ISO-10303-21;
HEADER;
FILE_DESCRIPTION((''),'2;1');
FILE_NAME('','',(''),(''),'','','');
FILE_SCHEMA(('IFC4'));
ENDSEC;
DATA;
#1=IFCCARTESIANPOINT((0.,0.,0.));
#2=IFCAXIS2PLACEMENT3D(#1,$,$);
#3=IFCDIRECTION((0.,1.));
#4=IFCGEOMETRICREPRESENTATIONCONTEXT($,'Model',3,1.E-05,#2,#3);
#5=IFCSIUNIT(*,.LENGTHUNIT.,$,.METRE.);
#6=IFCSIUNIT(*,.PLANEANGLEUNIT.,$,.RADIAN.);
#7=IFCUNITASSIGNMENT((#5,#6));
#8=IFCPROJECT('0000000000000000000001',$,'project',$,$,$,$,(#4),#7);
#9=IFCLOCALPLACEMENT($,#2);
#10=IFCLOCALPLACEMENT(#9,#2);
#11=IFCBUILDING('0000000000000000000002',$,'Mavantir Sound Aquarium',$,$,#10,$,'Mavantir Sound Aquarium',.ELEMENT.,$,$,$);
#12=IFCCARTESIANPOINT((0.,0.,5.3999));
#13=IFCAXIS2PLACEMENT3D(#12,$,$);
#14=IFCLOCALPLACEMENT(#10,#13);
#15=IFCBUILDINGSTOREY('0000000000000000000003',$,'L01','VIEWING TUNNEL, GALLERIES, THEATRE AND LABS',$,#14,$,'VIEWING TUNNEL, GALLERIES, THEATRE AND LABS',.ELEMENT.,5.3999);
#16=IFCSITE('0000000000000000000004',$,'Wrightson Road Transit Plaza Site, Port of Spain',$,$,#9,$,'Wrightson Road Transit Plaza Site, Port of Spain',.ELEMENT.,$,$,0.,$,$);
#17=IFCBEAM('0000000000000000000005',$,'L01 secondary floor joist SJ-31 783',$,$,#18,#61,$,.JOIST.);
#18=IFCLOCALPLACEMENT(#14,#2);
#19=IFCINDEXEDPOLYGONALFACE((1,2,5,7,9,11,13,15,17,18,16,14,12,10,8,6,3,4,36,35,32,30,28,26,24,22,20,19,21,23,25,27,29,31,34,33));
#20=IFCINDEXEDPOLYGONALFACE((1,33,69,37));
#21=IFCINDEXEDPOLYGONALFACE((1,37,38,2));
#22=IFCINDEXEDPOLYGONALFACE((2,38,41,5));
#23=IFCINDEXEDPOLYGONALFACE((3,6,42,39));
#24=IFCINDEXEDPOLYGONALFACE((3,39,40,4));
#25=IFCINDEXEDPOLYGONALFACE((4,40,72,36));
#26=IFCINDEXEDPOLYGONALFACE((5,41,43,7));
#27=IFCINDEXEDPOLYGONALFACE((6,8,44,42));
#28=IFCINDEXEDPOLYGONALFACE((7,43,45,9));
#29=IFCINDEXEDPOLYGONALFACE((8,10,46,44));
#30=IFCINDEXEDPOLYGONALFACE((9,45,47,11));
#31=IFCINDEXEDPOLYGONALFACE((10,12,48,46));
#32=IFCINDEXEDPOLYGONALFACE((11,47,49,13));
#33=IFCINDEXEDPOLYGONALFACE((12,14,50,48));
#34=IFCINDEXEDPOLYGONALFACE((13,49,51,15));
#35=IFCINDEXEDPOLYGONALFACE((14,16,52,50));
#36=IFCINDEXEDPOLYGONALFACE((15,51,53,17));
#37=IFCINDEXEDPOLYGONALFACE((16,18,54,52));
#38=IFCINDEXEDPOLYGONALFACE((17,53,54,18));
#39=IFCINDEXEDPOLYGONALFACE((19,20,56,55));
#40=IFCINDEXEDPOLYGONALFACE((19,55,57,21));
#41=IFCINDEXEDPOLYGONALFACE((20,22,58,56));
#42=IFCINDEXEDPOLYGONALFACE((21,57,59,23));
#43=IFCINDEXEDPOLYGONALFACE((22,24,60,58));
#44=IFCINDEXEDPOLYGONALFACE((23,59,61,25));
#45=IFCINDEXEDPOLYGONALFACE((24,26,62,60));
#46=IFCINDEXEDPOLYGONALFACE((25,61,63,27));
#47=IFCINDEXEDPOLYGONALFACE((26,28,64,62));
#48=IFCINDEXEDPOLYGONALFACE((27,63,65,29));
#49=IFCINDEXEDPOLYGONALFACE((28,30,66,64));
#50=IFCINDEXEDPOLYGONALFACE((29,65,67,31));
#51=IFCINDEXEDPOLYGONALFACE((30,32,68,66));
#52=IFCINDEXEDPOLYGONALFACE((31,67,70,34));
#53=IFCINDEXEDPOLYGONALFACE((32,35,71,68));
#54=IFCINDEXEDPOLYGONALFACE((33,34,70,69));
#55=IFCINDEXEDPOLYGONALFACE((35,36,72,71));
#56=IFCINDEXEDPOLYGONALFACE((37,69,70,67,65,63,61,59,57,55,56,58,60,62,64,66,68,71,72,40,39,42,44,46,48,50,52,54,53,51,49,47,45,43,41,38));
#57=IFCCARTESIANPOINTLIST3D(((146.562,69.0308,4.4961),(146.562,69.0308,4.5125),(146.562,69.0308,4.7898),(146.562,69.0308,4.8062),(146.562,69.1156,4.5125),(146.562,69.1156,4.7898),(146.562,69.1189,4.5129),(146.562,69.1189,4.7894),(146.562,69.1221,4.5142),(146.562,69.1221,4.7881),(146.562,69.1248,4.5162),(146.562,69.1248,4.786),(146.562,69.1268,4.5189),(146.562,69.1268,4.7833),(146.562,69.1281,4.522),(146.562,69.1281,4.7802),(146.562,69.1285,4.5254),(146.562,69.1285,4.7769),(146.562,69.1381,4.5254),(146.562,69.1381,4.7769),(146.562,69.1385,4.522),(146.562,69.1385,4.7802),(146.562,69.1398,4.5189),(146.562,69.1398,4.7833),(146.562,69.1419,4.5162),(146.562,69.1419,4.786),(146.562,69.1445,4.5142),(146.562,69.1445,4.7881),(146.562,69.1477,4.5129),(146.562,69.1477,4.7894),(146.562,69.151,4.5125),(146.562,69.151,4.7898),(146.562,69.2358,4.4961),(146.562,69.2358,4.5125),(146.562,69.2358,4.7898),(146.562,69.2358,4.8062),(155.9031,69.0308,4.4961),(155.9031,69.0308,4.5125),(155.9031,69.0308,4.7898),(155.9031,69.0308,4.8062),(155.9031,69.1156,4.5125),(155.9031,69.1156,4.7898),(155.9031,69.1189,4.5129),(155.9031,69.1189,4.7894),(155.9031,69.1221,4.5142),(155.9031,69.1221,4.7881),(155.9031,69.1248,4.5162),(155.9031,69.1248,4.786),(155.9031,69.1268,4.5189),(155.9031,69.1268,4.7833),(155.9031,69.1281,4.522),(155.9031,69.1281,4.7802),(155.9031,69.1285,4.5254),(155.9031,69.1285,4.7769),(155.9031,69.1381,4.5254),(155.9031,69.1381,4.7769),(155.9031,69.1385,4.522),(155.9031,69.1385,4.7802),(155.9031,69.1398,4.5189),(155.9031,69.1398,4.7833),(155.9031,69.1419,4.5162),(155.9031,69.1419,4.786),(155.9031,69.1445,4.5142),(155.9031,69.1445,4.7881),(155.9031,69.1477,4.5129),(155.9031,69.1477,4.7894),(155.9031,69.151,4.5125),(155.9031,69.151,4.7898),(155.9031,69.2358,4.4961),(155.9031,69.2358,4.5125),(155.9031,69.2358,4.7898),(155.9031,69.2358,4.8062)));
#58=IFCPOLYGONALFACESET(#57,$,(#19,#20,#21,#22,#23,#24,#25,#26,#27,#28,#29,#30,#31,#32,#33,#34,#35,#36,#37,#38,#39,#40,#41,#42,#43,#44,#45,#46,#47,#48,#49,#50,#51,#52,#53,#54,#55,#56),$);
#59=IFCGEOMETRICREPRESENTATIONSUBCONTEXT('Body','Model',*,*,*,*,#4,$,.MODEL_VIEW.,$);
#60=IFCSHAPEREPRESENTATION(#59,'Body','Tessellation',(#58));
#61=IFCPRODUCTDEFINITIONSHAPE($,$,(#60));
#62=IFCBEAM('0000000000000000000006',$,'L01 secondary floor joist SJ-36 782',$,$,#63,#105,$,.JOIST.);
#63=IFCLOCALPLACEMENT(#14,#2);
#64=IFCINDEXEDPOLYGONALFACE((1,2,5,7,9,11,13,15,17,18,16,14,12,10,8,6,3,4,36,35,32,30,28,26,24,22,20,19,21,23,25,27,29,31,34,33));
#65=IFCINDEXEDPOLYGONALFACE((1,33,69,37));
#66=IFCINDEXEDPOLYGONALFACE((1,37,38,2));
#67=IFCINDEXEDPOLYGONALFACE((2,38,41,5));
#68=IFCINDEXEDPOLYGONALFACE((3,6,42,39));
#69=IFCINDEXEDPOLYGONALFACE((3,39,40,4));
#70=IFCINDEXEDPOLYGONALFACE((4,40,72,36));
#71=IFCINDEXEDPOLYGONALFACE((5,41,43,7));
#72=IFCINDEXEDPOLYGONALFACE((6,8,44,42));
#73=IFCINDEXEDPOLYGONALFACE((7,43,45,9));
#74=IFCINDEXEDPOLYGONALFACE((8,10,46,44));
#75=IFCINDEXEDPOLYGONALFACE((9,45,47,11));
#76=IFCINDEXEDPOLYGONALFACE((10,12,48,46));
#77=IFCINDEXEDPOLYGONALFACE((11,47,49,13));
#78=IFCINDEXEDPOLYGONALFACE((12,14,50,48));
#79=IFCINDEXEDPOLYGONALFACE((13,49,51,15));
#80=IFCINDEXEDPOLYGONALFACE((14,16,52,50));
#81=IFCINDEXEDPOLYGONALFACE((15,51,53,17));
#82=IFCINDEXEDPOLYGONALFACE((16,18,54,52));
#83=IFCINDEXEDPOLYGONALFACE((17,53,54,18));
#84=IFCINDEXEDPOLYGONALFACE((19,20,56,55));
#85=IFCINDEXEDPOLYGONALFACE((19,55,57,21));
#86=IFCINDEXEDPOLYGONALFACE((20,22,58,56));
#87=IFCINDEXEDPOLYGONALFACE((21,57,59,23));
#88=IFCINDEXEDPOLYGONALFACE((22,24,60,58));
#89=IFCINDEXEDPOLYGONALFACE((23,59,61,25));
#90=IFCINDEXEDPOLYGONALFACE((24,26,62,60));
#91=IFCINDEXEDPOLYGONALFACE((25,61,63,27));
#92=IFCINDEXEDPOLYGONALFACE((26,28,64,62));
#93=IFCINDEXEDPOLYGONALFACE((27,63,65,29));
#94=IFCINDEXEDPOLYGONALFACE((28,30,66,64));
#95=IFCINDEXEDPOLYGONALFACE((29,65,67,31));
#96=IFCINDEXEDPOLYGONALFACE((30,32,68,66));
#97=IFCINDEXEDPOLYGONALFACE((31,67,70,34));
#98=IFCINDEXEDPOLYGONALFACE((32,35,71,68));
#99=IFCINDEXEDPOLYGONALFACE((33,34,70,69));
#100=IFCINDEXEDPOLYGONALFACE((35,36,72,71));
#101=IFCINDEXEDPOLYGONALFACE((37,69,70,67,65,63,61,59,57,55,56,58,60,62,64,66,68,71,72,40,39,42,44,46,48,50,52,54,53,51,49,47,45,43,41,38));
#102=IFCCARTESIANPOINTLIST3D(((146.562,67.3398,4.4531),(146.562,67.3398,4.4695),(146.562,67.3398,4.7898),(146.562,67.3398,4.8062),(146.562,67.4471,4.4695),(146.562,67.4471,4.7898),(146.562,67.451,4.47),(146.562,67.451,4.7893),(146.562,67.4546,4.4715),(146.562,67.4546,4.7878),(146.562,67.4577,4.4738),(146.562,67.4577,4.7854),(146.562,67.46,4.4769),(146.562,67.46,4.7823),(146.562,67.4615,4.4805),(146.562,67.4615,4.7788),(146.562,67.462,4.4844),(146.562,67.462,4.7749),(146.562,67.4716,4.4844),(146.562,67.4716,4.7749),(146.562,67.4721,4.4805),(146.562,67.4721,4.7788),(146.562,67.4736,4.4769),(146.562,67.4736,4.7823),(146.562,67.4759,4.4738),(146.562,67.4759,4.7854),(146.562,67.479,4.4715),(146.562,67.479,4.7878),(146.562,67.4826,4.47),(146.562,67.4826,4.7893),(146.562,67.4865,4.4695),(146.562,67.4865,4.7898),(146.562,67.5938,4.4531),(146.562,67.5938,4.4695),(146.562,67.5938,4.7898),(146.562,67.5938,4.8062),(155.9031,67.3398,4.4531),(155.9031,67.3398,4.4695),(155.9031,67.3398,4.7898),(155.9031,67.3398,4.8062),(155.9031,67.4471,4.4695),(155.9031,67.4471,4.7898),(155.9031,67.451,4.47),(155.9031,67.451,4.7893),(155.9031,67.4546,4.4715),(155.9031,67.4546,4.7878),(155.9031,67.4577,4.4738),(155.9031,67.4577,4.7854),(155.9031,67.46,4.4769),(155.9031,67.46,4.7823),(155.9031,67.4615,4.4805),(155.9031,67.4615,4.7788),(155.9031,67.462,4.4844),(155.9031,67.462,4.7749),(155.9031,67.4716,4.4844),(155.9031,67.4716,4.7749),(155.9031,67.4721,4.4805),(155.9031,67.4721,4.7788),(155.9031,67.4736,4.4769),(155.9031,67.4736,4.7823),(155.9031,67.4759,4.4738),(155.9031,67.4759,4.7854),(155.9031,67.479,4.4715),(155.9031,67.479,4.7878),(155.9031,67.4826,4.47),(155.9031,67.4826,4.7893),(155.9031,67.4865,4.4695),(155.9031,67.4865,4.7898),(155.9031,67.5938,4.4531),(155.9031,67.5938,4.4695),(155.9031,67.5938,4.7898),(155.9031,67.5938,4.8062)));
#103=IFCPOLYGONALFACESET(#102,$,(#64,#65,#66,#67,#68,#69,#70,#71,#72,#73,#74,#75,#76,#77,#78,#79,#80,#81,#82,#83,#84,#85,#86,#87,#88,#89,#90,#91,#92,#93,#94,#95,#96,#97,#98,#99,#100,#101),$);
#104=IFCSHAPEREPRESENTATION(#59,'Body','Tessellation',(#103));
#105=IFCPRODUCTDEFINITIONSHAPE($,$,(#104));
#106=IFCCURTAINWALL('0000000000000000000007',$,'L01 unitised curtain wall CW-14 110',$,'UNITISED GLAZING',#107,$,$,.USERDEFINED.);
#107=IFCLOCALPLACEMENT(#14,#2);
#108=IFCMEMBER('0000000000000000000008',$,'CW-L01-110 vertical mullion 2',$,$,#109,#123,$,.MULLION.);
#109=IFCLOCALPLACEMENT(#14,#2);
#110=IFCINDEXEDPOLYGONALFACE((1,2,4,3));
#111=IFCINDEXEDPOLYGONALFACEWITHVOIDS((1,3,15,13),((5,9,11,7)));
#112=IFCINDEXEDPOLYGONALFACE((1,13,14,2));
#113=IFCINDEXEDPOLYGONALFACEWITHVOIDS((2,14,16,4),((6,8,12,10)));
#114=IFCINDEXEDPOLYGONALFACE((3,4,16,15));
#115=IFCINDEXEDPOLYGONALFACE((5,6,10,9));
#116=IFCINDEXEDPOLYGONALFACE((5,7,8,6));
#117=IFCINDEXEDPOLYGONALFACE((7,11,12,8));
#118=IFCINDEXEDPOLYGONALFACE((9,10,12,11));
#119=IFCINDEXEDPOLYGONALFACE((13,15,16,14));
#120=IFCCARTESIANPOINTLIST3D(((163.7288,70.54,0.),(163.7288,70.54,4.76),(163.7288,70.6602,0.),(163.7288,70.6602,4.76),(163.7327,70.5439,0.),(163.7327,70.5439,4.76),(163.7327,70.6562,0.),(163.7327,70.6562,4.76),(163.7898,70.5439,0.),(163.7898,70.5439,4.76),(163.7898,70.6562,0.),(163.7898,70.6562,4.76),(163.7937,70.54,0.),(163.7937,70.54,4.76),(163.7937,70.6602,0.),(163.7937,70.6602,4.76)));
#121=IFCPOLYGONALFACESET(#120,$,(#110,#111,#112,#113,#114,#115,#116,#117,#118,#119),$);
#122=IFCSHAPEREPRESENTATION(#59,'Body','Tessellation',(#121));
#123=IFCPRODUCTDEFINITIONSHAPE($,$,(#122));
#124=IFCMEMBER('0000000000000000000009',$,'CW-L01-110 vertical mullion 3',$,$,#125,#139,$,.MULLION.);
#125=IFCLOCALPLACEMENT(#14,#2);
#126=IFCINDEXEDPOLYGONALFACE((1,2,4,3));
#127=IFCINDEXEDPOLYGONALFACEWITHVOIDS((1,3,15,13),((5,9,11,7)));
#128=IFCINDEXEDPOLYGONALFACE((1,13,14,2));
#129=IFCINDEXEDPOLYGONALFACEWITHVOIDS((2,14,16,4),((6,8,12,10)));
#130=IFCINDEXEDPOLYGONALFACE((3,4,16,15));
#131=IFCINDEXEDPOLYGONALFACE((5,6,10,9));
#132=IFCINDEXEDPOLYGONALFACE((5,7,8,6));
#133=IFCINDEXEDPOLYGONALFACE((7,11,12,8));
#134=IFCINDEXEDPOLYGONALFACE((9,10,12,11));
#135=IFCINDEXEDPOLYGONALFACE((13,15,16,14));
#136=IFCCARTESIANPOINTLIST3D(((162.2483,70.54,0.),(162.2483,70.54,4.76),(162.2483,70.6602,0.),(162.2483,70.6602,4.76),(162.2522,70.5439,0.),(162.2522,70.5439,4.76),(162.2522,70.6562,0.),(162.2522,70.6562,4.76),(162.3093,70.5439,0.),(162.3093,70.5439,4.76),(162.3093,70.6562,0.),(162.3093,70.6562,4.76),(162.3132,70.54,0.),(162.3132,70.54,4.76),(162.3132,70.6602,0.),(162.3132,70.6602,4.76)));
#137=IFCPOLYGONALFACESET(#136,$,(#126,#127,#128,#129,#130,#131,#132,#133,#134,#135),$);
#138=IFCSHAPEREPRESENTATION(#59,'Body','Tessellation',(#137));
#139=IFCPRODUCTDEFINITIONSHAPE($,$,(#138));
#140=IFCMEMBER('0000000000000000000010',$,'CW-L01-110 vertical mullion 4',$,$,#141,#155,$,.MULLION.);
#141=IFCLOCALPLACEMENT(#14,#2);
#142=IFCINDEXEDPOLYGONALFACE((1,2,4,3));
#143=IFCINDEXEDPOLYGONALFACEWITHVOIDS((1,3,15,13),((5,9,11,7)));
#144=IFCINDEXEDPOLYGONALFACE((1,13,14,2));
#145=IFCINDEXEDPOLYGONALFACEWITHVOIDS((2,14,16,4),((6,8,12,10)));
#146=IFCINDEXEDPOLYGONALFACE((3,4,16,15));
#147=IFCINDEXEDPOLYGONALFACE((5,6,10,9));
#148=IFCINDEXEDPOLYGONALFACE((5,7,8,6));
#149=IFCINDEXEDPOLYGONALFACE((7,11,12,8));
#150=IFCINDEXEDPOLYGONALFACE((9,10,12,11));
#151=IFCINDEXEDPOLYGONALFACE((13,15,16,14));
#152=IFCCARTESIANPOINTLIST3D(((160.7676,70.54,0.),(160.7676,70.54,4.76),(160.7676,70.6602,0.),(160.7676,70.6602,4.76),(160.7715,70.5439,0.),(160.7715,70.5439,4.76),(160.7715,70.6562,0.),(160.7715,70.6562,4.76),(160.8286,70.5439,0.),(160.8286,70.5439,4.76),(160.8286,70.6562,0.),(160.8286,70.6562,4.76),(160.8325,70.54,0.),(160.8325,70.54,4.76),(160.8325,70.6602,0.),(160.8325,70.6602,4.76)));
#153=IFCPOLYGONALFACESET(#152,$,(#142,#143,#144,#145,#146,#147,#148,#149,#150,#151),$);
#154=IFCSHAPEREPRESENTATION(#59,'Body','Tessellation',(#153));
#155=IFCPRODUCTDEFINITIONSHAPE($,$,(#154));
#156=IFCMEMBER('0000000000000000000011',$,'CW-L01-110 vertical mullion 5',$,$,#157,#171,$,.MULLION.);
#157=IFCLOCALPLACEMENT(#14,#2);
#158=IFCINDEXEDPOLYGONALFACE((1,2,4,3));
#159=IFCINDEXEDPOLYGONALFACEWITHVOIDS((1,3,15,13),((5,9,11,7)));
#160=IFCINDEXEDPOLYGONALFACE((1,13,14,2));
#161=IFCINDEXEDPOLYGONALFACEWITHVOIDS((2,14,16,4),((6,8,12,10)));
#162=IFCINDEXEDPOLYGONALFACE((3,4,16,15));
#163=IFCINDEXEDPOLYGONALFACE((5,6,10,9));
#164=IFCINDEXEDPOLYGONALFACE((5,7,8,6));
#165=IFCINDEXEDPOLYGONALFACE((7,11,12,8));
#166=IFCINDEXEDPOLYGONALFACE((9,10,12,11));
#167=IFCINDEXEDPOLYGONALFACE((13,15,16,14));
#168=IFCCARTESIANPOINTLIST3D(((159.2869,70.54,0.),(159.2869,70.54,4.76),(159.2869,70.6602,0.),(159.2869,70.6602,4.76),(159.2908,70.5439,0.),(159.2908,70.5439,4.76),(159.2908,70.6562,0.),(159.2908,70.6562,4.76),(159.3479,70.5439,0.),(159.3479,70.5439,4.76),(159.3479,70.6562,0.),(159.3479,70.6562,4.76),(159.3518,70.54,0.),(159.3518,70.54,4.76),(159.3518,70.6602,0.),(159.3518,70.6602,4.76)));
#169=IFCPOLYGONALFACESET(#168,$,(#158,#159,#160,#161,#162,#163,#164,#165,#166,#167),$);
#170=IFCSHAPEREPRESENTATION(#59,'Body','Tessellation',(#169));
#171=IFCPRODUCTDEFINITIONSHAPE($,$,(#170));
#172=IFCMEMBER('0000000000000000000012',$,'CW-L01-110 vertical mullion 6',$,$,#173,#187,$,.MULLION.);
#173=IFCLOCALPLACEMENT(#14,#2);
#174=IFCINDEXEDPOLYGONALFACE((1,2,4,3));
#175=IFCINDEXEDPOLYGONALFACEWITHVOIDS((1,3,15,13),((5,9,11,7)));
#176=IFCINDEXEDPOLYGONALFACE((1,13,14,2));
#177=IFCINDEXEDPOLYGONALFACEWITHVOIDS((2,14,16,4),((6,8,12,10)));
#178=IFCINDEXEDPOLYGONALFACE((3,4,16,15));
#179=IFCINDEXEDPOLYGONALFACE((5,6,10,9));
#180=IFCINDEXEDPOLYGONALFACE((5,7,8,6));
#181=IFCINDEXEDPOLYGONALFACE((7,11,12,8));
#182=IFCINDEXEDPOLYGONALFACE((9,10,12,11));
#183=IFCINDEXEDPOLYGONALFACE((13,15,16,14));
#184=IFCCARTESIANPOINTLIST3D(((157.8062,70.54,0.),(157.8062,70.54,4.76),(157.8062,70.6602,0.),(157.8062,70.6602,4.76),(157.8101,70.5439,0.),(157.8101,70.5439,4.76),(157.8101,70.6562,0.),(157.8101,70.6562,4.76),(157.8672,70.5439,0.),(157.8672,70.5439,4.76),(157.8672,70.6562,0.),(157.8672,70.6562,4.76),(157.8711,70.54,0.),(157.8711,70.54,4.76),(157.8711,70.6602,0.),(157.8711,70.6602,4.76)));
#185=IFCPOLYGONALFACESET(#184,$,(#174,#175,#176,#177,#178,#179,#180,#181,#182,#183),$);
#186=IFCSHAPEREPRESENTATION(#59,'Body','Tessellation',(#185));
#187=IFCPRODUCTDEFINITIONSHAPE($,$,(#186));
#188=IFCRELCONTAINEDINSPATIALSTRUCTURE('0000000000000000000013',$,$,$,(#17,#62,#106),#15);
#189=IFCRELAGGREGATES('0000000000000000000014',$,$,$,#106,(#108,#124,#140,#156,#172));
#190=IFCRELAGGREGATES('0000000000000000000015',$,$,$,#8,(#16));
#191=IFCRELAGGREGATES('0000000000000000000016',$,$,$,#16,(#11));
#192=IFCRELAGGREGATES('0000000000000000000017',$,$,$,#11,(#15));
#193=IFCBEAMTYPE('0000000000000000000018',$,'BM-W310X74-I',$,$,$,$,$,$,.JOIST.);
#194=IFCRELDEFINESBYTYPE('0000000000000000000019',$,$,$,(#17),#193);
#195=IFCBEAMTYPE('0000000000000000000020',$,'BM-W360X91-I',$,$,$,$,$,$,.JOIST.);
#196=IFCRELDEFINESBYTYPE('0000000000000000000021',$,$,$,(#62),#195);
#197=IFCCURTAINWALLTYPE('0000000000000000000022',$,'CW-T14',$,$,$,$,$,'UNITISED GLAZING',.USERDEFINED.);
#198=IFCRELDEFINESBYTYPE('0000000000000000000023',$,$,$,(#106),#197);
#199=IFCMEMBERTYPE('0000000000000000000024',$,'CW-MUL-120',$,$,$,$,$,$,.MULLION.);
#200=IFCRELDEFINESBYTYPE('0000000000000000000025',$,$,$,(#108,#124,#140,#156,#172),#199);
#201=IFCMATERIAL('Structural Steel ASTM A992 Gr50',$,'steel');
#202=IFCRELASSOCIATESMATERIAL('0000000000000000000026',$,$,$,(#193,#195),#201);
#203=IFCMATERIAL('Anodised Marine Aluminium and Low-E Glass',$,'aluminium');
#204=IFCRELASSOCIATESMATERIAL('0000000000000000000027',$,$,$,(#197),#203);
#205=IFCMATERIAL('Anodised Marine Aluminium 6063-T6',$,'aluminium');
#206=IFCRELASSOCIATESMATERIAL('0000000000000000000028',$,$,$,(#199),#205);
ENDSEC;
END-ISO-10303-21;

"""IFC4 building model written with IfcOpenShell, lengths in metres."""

from ifc_helpers import new_model, si_unit, direction, frame, origin, origin_2d, place, context, subcontext, project, spatial, hollow_rectangle, i_section, extrude, material, material_profile, profile_set, type_object, element, aggregate, save


model = new_model("IFC4")

# Units and contexts
model_context = context("Model", 3, precision=1e-05, world=origin(), true_north=direction((0.0, 1.0)))
body_context = subcontext(model_context, "Body", "Model", "MODEL_VIEW")
ifc_project = project(units=[si_unit("LENGTHUNIT", "METRE"), si_unit("PLANEANGLEUNIT", "RADIAN")], contexts=[model_context])

# Site, building, storey
site_placement = place(None, origin())
site = spatial("IfcSite", under=ifc_project, at=site_placement, Name="Wrightson Road Transit Plaza Site, Port of Spain", LongName="Wrightson Road Transit Plaza Site, Port of Spain", CompositionType="ELEMENT", RefElevation=0.0)
building_placement = place(site_placement, origin())
building = spatial("IfcBuilding", under=site, at=building_placement, Name="Mavantir Sound Aquarium", LongName="Mavantir Sound Aquarium", CompositionType="ELEMENT")
storey_placement = place(building_placement, frame((0.0, 0.0, 5.3999)))
storey = spatial("IfcBuildingStorey", under=building, at=storey_placement, Name="L01", Description="VIEWING TUNNEL, GALLERIES, THEATRE AND LABS", LongName="VIEWING TUNNEL, GALLERIES, THEATRE AND LABS", CompositionType="ELEMENT", Elevation=5.3999)

# Beams
ifc_material_1 = material(Name="Structural Steel ASTM A992 Gr50", Category="steel")
ifc_material_profile_1 = material_profile(ifc_material_1, i_section(OverallWidth=0.2051, OverallDepth=0.3101, WebThickness=0.0095, FlangeThickness=0.0164, FilletRadius=0.0129, at=origin_2d()), Name="W310X74")
ifc_profile_set_1 = profile_set([ifc_material_profile_1], Name="Structural Steel ASTM A992 Gr50")
beam_type_1 = type_object("IfcBeamType", Name="BM-W310X74-I", PredefinedType="JOIST", material=ifc_profile_set_1)
beam_1_placement = place(storey_placement, frame((146.562, 69.1333, 4.6511), z_axis=(1.0, 0.0, 0.0), x_axis=(0.0, 1.0, 0.0)))
element("IfcBeam", 1, at=beam_1_placement, inside=storey, type_object=beam_type_1, Name="L01 secondary floor joist SJ-31 783", PredefinedType="JOIST", context=body_context, shape_type="SweptSolid", body=[
    extrude(i_section(OverallWidth=0.2051, OverallDepth=0.3101, WebThickness=0.0095, FlangeThickness=0.0164, FilletRadius=0.0129, at=origin_2d()), origin(), (0.0, 0.0, 1.0), 9.3411),
])
ifc_material_profile_2 = material_profile(ifc_material_1, i_section(OverallWidth=0.2539, OverallDepth=0.353, WebThickness=0.0095, FlangeThickness=0.0164, FilletRadius=0.0149, at=origin_2d()), Name="W360X91")
ifc_profile_set_2 = profile_set([ifc_material_profile_2], Name="Structural Steel ASTM A992 Gr50")
beam_type_2 = type_object("IfcBeamType", Name="BM-W360X91-I", PredefinedType="JOIST", material=ifc_profile_set_2)
beam_2_placement = place(storey_placement, frame((146.562, 67.4668, 4.6296), z_axis=(1.0, 0.0, 0.0), x_axis=(0.0, 1.0, 0.0)))
element("IfcBeam", 2, at=beam_2_placement, inside=storey, type_object=beam_type_2, Name="L01 secondary floor joist SJ-36 782", PredefinedType="JOIST", context=body_context, shape_type="SweptSolid", body=[
    extrude(i_section(OverallWidth=0.2539, OverallDepth=0.353, WebThickness=0.0095, FlangeThickness=0.0164, FilletRadius=0.0149, at=origin_2d()), origin(), (0.0, 0.0, 1.0), 9.3411),
])

# Curtain wall, members
ifc_material_2 = material(Name="Anodised Marine Aluminium and Low-E Glass", Category="aluminium")
curtain_wall_type = type_object("IfcCurtainWallType", Name="CW-T14", ElementType="UNITISED GLAZING", PredefinedType="USERDEFINED", material=ifc_material_2)
curtain_wall_placement = place(storey_placement, origin())
curtain_wall = element("IfcCurtainWall", 3, at=curtain_wall_placement, inside=storey, type_object=curtain_wall_type, Name="L01 unitised curtain wall CW-14 110", ObjectType="UNITISED GLAZING", PredefinedType="USERDEFINED")
ifc_material_3 = material(Name="Anodised Marine Aluminium 6063-T6", Category="aluminium")
ifc_material_profile_3 = material_profile(ifc_material_3, hollow_rectangle(XDim=0.0649, YDim=0.1201, WallThickness=0.0039, at=origin_2d()), Name="ALU-MULLION-120X65")
ifc_profile_set_3 = profile_set([ifc_material_profile_3], Name="Anodised Marine Aluminium 6063-T6")
member_type_1 = type_object("IfcMemberType", Name="CW-MUL-120", PredefinedType="MULLION", material=ifc_profile_set_3)
member_1_placement = place(storey_placement, frame((163.7612, 70.6001, 0.0), z_axis=(0.0, 0.0, 1.0), x_axis=(1.0, 0.0, 0.0)))
member_1 = element("IfcMember", 4, at=member_1_placement, type_object=member_type_1, Name="CW-L01-110 vertical mullion 2", PredefinedType="MULLION", context=body_context, shape_type="SweptSolid", body=[
    extrude(hollow_rectangle(XDim=0.0649, YDim=0.1201, WallThickness=0.0039, at=origin_2d()), origin(), (0.0, 0.0, 1.0), 4.76),
])
member_2_placement = place(storey_placement, frame((162.2808, 70.6001, 0.0), z_axis=(0.0, 0.0, 1.0), x_axis=(1.0, 0.0, 0.0)))
member_2 = element("IfcMember", 5, at=member_2_placement, type_object=member_type_1, Name="CW-L01-110 vertical mullion 3", PredefinedType="MULLION", context=body_context, shape_type="SweptSolid", body=[
    extrude(hollow_rectangle(XDim=0.0649, YDim=0.1201, WallThickness=0.0039, at=origin_2d()), origin(), (0.0, 0.0, 1.0), 4.76),
])
member_3_placement = place(storey_placement, frame((160.8, 70.6001, 0.0), z_axis=(0.0, 0.0, 1.0), x_axis=(1.0, 0.0, 0.0)))
member_3 = element("IfcMember", 6, at=member_3_placement, type_object=member_type_1, Name="CW-L01-110 vertical mullion 4", PredefinedType="MULLION", context=body_context, shape_type="SweptSolid", body=[
    extrude(hollow_rectangle(XDim=0.0649, YDim=0.1201, WallThickness=0.0039, at=origin_2d()), origin(), (0.0, 0.0, 1.0), 4.76),
])
member_4_placement = place(storey_placement, frame((159.3193, 70.6001, 0.0), z_axis=(0.0, 0.0, 1.0), x_axis=(1.0, 0.0, 0.0)))
member_4 = element("IfcMember", 7, at=member_4_placement, type_object=member_type_1, Name="CW-L01-110 vertical mullion 5", PredefinedType="MULLION", context=body_context, shape_type="SweptSolid", body=[
    extrude(hollow_rectangle(XDim=0.0649, YDim=0.1201, WallThickness=0.0039, at=origin_2d()), origin(), (0.0, 0.0, 1.0), 4.76),
])
member_5_placement = place(storey_placement, frame((157.8386, 70.6001, 0.0), z_axis=(0.0, 0.0, 1.0), x_axis=(1.0, 0.0, 0.0)))
member_5 = element("IfcMember", 8, at=member_5_placement, type_object=member_type_1, Name="CW-L01-110 vertical mullion 6", PredefinedType="MULLION", context=body_context, shape_type="SweptSolid", body=[
    extrude(hollow_rectangle(XDim=0.0649, YDim=0.1201, WallThickness=0.0039, at=origin_2d()), origin(), (0.0, 0.0, 1.0), 4.76),
])
aggregate(curtain_wall, [member_1, member_2, member_3, member_4, member_5])

save(model, "model.ifc")
